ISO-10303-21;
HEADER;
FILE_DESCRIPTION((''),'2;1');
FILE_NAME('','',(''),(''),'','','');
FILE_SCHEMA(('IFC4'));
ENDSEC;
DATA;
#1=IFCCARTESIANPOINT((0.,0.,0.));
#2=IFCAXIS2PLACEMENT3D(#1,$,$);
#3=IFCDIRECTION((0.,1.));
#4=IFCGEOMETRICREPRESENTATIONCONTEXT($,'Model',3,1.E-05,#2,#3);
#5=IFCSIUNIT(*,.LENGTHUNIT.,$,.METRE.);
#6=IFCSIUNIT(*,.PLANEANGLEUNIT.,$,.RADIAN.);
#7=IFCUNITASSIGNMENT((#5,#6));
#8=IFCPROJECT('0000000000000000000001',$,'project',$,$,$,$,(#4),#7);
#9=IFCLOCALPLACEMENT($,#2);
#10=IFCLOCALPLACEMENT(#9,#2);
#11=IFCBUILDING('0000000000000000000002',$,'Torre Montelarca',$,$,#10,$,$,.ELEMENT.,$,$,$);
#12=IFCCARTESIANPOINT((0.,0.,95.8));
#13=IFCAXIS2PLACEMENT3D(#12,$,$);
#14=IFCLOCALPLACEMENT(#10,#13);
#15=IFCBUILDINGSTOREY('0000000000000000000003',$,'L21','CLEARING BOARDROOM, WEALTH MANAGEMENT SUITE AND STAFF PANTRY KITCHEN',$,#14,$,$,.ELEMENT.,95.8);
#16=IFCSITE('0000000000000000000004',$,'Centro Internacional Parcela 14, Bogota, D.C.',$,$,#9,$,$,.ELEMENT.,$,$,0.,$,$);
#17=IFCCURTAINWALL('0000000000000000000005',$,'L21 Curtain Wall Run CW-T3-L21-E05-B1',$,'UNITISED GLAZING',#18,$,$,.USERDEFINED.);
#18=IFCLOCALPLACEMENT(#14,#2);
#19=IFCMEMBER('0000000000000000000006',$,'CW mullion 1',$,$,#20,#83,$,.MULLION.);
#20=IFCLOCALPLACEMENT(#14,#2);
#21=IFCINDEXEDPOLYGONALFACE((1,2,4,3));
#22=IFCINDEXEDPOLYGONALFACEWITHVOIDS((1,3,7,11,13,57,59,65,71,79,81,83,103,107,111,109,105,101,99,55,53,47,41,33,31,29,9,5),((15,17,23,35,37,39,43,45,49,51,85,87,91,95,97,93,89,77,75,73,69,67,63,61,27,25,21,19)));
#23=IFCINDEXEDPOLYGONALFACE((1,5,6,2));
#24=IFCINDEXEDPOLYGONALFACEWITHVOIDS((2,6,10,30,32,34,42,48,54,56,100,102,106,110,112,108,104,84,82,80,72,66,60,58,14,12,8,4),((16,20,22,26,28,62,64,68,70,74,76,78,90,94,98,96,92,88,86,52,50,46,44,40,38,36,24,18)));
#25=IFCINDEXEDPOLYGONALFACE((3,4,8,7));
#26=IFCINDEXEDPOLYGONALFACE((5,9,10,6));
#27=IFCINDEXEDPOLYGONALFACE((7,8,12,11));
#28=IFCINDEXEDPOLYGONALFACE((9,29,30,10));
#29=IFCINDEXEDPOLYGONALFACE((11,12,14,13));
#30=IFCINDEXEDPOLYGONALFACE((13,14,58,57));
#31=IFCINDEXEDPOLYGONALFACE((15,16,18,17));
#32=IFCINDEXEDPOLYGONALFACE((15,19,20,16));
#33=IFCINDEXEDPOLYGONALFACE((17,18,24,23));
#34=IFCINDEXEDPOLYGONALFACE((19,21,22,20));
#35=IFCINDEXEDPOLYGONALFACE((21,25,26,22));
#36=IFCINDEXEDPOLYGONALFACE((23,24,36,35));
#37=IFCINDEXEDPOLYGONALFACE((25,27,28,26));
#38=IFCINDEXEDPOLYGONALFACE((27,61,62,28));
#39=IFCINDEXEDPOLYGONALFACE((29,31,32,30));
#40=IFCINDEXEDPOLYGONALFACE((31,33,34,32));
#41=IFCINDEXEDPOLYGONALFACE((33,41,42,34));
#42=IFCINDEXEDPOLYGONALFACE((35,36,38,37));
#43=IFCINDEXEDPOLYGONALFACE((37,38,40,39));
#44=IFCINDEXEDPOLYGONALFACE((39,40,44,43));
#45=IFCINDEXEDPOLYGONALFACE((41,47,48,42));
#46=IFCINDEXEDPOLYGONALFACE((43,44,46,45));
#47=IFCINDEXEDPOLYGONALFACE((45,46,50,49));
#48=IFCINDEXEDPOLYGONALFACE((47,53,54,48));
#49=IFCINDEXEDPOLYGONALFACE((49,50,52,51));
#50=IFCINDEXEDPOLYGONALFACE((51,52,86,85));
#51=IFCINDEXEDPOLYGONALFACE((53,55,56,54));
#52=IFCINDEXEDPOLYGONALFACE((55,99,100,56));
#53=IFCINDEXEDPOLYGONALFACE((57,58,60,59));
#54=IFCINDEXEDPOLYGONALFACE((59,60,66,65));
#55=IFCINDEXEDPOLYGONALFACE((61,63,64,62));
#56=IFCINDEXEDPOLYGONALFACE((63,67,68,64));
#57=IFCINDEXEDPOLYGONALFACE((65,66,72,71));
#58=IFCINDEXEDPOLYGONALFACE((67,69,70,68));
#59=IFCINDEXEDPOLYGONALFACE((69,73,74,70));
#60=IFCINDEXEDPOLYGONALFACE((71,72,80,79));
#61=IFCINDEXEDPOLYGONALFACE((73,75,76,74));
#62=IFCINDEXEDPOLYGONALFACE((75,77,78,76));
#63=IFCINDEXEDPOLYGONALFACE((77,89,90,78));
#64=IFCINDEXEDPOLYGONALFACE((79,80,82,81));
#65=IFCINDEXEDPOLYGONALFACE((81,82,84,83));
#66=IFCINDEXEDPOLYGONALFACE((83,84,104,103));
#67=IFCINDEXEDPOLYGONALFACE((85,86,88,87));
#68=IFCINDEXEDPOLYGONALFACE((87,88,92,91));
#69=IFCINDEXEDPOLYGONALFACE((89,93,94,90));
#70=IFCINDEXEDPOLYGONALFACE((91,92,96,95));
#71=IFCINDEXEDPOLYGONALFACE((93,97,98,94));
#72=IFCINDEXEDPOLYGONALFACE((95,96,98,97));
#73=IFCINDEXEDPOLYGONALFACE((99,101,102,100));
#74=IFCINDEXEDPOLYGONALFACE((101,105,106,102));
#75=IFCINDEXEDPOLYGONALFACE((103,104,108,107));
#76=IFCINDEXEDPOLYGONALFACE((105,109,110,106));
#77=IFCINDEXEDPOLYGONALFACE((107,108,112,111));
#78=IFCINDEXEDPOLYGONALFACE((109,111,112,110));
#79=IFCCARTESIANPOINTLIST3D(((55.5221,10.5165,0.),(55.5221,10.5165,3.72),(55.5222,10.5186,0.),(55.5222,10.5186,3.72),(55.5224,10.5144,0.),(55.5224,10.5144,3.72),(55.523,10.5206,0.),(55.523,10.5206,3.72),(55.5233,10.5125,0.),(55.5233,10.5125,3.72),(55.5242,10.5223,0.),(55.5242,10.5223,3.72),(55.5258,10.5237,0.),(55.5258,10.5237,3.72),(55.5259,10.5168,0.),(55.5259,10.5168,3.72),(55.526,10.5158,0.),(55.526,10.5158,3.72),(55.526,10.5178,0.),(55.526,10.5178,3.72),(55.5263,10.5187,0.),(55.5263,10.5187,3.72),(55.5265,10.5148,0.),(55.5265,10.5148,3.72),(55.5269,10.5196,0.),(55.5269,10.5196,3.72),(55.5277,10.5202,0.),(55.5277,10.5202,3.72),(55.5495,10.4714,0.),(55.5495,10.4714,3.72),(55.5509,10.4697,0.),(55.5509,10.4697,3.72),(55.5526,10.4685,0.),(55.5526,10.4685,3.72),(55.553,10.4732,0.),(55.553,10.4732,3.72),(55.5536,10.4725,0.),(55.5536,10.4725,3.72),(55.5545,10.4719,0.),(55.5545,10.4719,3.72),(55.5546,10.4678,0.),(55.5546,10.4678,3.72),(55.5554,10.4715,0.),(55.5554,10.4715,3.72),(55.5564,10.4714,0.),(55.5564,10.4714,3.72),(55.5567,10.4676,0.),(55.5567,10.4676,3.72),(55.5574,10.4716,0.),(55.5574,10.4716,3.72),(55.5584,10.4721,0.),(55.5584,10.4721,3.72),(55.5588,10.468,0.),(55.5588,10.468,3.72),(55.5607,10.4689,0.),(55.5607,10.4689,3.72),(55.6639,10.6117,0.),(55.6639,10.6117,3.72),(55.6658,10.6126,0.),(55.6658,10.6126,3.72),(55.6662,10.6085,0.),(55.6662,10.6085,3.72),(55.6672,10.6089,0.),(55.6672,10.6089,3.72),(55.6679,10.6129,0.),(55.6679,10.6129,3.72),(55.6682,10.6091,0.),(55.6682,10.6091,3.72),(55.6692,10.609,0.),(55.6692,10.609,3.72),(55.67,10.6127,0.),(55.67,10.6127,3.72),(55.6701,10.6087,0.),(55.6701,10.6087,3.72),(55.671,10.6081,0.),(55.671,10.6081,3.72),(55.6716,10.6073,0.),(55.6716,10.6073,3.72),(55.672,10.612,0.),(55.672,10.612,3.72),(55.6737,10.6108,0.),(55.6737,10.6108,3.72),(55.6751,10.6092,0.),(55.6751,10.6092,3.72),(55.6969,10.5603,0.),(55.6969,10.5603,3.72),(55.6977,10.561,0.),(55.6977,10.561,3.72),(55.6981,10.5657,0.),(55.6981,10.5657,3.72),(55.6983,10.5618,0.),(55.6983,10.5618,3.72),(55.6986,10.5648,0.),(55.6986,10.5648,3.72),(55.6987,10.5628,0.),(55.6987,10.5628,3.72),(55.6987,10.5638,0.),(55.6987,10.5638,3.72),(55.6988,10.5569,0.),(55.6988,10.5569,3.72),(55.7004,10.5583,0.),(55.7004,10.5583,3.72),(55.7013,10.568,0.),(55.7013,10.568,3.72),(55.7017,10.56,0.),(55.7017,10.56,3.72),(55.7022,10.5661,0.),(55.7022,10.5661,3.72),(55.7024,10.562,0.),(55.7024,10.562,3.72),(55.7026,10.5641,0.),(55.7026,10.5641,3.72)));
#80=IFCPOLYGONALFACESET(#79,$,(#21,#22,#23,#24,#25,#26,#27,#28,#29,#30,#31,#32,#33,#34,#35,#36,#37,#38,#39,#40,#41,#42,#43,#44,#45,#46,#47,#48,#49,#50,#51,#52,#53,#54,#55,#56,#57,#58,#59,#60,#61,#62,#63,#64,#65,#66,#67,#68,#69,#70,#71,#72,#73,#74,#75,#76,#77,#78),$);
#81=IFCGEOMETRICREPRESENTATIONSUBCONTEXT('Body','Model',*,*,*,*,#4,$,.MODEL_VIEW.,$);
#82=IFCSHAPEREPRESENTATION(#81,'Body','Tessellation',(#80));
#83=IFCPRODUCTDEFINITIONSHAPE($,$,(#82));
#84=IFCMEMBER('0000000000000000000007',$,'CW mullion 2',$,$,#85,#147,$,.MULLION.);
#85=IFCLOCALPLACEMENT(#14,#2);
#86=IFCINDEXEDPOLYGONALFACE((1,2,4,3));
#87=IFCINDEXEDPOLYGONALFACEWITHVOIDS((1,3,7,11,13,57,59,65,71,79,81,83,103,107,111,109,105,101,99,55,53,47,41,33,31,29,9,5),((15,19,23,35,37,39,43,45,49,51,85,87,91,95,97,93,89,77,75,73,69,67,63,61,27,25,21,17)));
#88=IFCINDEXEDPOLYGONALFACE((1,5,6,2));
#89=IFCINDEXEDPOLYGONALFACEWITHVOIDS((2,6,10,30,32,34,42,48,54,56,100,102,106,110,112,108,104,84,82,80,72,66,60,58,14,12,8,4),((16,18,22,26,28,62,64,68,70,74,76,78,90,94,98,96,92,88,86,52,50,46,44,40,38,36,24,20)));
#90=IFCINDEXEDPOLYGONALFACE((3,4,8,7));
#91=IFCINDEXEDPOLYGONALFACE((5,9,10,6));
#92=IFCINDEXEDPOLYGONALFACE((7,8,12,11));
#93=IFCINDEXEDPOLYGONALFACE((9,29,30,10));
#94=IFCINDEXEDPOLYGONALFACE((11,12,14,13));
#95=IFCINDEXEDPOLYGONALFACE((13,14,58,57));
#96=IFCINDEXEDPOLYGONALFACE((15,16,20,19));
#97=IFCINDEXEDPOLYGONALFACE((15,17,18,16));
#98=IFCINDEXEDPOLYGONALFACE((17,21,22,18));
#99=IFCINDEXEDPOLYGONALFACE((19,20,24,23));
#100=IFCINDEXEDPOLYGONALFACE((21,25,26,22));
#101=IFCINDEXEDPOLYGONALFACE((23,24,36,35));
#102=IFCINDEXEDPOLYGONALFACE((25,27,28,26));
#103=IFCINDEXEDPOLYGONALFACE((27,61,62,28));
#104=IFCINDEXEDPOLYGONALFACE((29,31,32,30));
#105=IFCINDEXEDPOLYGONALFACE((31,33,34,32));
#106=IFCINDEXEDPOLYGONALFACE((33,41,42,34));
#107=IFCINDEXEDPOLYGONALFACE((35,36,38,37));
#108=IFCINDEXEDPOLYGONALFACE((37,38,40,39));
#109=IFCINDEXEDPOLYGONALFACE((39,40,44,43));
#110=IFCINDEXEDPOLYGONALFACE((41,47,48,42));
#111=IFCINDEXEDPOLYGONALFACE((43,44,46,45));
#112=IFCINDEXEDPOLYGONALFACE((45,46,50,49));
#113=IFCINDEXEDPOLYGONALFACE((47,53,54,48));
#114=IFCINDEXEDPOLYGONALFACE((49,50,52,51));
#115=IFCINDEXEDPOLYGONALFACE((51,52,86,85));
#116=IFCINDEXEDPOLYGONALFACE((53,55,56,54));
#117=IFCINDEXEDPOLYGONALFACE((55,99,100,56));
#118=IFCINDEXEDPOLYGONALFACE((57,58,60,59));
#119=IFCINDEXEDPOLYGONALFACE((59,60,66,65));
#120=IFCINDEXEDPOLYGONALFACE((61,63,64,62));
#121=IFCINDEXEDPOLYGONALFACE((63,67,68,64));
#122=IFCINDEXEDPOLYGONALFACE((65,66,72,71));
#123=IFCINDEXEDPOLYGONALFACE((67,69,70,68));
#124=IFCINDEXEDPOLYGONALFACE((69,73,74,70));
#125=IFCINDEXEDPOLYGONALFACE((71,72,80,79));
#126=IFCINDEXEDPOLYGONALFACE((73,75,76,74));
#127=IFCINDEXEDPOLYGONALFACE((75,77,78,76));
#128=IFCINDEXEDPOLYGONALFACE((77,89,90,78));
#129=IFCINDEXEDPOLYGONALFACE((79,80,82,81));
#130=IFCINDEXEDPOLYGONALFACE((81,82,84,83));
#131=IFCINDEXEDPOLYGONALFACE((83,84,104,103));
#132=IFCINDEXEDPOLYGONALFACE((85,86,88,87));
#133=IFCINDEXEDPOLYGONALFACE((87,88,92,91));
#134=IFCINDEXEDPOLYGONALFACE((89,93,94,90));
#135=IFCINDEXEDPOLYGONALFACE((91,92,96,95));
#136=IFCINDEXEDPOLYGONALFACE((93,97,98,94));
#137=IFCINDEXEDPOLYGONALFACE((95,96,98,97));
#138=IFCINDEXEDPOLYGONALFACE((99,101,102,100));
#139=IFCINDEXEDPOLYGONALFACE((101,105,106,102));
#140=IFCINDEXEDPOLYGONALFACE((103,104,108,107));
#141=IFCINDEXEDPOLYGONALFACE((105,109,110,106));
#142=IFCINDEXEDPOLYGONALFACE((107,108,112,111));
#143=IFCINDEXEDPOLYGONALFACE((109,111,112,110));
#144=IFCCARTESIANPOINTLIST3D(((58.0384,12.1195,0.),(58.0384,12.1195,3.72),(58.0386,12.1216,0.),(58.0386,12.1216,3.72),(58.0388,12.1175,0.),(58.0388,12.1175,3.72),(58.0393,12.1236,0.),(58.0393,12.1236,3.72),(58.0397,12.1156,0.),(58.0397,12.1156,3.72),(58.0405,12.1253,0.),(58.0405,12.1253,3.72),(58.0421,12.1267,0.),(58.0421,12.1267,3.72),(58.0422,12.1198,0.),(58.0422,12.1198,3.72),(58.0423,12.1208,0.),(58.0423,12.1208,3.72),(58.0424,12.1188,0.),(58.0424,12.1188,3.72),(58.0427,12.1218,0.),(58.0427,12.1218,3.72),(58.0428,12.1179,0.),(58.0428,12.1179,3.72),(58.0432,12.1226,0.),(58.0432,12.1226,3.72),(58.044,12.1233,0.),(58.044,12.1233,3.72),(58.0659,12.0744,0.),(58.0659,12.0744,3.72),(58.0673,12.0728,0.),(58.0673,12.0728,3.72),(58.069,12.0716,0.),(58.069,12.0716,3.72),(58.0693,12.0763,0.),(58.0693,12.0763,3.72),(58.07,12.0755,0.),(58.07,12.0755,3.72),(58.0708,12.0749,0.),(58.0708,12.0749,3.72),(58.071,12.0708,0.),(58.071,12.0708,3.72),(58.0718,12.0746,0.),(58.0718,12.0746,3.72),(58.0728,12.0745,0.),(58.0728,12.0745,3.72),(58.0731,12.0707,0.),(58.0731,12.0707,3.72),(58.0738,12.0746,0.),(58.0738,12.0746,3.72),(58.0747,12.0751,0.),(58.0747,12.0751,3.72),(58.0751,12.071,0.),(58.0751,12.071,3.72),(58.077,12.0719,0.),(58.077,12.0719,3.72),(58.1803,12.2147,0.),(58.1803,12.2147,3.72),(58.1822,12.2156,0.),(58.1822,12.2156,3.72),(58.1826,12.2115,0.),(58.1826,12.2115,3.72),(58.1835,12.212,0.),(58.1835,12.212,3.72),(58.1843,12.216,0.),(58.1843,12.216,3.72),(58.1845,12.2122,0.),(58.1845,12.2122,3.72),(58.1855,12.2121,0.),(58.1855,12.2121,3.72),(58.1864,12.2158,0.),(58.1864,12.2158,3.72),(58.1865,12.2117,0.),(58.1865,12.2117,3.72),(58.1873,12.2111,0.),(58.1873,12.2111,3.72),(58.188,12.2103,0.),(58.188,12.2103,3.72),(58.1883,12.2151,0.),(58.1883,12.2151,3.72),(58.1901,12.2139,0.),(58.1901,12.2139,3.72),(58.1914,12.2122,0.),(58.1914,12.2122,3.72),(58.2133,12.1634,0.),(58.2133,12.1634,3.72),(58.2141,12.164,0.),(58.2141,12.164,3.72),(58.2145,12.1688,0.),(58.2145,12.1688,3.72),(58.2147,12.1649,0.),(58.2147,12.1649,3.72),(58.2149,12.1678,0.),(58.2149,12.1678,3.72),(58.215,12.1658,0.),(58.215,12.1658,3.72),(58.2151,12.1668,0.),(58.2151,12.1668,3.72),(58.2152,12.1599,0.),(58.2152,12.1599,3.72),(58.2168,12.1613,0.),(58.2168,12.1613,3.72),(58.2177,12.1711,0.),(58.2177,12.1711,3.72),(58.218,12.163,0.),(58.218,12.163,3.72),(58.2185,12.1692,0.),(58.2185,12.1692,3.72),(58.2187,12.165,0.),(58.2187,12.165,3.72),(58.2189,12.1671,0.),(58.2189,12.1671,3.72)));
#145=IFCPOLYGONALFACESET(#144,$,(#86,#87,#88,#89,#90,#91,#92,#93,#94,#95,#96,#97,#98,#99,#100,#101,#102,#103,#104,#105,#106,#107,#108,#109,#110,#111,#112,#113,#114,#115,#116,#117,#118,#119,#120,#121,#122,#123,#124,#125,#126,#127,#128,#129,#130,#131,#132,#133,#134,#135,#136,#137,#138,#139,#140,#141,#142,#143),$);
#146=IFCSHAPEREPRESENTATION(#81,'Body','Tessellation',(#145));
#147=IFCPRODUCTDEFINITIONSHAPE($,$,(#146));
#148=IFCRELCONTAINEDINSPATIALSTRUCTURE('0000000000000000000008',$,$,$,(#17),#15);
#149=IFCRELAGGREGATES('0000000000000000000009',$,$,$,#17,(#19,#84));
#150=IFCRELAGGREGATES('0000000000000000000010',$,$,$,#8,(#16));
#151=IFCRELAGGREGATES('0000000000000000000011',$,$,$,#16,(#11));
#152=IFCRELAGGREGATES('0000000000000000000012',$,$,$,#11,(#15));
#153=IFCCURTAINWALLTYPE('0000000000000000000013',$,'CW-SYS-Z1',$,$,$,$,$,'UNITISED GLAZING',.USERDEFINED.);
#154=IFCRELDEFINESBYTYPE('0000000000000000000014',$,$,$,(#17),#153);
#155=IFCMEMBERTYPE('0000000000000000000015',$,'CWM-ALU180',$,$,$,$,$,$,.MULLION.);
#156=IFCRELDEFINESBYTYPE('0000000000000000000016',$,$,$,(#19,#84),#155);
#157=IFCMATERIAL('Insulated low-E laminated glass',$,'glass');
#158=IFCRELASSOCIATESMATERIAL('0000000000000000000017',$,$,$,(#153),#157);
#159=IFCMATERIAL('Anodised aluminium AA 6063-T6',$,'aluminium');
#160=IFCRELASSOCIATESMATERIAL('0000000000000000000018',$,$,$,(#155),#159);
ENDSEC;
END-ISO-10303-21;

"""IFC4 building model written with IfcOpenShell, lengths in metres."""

from ifc_helpers import new_model, si_unit, direction, frame, origin, origin_2d, place, context, subcontext, project, spatial, hollow_rectangle, extrude, source, transform, mapped, material, material_profile, profile_set, type_object, element, aggregate, save


model = new_model("IFC4")

# Units and contexts
model_context = context("Model", 3, precision=1e-05, world=origin(), true_north=direction((0.0, 1.0)))
body_context = subcontext(model_context, "Body", "Model", "MODEL_VIEW")
ifc_project = project(units=[si_unit("LENGTHUNIT", "METRE"), si_unit("PLANEANGLEUNIT", "RADIAN")], contexts=[model_context])

# Site, building, storey
site_placement = place(None, origin())
site = spatial("IfcSite", under=ifc_project, at=site_placement, Name="Centro Internacional Parcela 14, Bogota, D.C.", CompositionType="ELEMENT", RefElevation=0.0)
building_placement = place(site_placement, origin())
building = spatial("IfcBuilding", under=site, at=building_placement, Name="Torre Montelarca", CompositionType="ELEMENT")
storey_placement = place(building_placement, frame((0.0, 0.0, 95.8)))
storey = spatial("IfcBuildingStorey", under=building, at=storey_placement, Name="L21", Description="CLEARING BOARDROOM, WEALTH MANAGEMENT SUITE AND STAFF PANTRY KITCHEN", CompositionType="ELEMENT", Elevation=95.8)

# Curtain wall
ifc_material_1 = material(Name="Insulated low-E laminated glass", Category="glass")
curtain_wall_type = type_object("IfcCurtainWallType", Name="CW-SYS-Z1", ElementType="UNITISED GLAZING", PredefinedType="USERDEFINED", material=ifc_material_1)
ifc_material_2 = material(Name="Anodised aluminium AA 6063-T6", Category="aluminium")
curtain_wall_1_placement = place(storey_placement, origin())
curtain_wall_1 = element("IfcCurtainWall", 1, at=curtain_wall_1_placement, inside=storey, type_object=curtain_wall_type, Name="L21 Curtain Wall Run CW-T3-L21-E05-B1", ObjectType="UNITISED GLAZING", PredefinedType="USERDEFINED")

# Members
ifc_material_profile_1 = material_profile(ifc_material_2, hollow_rectangle(XDim=0.0649, YDim=0.1799, WallThickness=0.0039, InnerFilletRadius=0.0039, OuterFilletRadius=0.0081, at=origin_2d()), Name="ALU65X180X4", Category="aluminium")
ifc_profile_set_1 = profile_set([ifc_material_profile_1], Name="Anodised aluminium AA 6063-T6")
member_type_1 = type_object("IfcMemberType", Name="CWM-ALU180", PredefinedType="MULLION", material=ifc_profile_set_1)
shared_shape_1 = source(origin(), body_context, "Body", "SweptSolid", [
    extrude(hollow_rectangle(XDim=0.0649, YDim=0.1799, WallThickness=0.0039, InnerFilletRadius=0.0039, OuterFilletRadius=0.0081, at=origin_2d()), origin(), (0.0, 0.0, 1.0), 3.72),
])
member_1_placement = place(storey_placement, frame((55.6123, 10.5403, 0.0), z_axis=(0.0, 0.0, 1.0), x_axis=(-0.537304, 0.843388, 0.0)))
member_1 = element("IfcMember", 2, at=member_1_placement, type_object=member_type_1, Name="CW mullion 1", PredefinedType="MULLION", context=body_context, shape_type="MappedRepresentation", body=[
    mapped(shared_shape_1, transform((0.0, 0.0, 0.0), scale=1.0)),
])
member_2_placement = place(storey_placement, frame((58.1287, 12.1433, 0.0), z_axis=(0.0, 0.0, 1.0), x_axis=(-0.537304, 0.843388, 0.0)))
member_2 = element("IfcMember", 3, at=member_2_placement, type_object=member_type_1, Name="CW mullion 2", PredefinedType="MULLION", context=body_context, shape_type="MappedRepresentation", body=[
    mapped(shared_shape_1, transform((0.0, 0.0, 0.0), scale=1.0)),
])

aggregate(curtain_wall_1, [member_1, member_2])

save(model, "model.ifc")
